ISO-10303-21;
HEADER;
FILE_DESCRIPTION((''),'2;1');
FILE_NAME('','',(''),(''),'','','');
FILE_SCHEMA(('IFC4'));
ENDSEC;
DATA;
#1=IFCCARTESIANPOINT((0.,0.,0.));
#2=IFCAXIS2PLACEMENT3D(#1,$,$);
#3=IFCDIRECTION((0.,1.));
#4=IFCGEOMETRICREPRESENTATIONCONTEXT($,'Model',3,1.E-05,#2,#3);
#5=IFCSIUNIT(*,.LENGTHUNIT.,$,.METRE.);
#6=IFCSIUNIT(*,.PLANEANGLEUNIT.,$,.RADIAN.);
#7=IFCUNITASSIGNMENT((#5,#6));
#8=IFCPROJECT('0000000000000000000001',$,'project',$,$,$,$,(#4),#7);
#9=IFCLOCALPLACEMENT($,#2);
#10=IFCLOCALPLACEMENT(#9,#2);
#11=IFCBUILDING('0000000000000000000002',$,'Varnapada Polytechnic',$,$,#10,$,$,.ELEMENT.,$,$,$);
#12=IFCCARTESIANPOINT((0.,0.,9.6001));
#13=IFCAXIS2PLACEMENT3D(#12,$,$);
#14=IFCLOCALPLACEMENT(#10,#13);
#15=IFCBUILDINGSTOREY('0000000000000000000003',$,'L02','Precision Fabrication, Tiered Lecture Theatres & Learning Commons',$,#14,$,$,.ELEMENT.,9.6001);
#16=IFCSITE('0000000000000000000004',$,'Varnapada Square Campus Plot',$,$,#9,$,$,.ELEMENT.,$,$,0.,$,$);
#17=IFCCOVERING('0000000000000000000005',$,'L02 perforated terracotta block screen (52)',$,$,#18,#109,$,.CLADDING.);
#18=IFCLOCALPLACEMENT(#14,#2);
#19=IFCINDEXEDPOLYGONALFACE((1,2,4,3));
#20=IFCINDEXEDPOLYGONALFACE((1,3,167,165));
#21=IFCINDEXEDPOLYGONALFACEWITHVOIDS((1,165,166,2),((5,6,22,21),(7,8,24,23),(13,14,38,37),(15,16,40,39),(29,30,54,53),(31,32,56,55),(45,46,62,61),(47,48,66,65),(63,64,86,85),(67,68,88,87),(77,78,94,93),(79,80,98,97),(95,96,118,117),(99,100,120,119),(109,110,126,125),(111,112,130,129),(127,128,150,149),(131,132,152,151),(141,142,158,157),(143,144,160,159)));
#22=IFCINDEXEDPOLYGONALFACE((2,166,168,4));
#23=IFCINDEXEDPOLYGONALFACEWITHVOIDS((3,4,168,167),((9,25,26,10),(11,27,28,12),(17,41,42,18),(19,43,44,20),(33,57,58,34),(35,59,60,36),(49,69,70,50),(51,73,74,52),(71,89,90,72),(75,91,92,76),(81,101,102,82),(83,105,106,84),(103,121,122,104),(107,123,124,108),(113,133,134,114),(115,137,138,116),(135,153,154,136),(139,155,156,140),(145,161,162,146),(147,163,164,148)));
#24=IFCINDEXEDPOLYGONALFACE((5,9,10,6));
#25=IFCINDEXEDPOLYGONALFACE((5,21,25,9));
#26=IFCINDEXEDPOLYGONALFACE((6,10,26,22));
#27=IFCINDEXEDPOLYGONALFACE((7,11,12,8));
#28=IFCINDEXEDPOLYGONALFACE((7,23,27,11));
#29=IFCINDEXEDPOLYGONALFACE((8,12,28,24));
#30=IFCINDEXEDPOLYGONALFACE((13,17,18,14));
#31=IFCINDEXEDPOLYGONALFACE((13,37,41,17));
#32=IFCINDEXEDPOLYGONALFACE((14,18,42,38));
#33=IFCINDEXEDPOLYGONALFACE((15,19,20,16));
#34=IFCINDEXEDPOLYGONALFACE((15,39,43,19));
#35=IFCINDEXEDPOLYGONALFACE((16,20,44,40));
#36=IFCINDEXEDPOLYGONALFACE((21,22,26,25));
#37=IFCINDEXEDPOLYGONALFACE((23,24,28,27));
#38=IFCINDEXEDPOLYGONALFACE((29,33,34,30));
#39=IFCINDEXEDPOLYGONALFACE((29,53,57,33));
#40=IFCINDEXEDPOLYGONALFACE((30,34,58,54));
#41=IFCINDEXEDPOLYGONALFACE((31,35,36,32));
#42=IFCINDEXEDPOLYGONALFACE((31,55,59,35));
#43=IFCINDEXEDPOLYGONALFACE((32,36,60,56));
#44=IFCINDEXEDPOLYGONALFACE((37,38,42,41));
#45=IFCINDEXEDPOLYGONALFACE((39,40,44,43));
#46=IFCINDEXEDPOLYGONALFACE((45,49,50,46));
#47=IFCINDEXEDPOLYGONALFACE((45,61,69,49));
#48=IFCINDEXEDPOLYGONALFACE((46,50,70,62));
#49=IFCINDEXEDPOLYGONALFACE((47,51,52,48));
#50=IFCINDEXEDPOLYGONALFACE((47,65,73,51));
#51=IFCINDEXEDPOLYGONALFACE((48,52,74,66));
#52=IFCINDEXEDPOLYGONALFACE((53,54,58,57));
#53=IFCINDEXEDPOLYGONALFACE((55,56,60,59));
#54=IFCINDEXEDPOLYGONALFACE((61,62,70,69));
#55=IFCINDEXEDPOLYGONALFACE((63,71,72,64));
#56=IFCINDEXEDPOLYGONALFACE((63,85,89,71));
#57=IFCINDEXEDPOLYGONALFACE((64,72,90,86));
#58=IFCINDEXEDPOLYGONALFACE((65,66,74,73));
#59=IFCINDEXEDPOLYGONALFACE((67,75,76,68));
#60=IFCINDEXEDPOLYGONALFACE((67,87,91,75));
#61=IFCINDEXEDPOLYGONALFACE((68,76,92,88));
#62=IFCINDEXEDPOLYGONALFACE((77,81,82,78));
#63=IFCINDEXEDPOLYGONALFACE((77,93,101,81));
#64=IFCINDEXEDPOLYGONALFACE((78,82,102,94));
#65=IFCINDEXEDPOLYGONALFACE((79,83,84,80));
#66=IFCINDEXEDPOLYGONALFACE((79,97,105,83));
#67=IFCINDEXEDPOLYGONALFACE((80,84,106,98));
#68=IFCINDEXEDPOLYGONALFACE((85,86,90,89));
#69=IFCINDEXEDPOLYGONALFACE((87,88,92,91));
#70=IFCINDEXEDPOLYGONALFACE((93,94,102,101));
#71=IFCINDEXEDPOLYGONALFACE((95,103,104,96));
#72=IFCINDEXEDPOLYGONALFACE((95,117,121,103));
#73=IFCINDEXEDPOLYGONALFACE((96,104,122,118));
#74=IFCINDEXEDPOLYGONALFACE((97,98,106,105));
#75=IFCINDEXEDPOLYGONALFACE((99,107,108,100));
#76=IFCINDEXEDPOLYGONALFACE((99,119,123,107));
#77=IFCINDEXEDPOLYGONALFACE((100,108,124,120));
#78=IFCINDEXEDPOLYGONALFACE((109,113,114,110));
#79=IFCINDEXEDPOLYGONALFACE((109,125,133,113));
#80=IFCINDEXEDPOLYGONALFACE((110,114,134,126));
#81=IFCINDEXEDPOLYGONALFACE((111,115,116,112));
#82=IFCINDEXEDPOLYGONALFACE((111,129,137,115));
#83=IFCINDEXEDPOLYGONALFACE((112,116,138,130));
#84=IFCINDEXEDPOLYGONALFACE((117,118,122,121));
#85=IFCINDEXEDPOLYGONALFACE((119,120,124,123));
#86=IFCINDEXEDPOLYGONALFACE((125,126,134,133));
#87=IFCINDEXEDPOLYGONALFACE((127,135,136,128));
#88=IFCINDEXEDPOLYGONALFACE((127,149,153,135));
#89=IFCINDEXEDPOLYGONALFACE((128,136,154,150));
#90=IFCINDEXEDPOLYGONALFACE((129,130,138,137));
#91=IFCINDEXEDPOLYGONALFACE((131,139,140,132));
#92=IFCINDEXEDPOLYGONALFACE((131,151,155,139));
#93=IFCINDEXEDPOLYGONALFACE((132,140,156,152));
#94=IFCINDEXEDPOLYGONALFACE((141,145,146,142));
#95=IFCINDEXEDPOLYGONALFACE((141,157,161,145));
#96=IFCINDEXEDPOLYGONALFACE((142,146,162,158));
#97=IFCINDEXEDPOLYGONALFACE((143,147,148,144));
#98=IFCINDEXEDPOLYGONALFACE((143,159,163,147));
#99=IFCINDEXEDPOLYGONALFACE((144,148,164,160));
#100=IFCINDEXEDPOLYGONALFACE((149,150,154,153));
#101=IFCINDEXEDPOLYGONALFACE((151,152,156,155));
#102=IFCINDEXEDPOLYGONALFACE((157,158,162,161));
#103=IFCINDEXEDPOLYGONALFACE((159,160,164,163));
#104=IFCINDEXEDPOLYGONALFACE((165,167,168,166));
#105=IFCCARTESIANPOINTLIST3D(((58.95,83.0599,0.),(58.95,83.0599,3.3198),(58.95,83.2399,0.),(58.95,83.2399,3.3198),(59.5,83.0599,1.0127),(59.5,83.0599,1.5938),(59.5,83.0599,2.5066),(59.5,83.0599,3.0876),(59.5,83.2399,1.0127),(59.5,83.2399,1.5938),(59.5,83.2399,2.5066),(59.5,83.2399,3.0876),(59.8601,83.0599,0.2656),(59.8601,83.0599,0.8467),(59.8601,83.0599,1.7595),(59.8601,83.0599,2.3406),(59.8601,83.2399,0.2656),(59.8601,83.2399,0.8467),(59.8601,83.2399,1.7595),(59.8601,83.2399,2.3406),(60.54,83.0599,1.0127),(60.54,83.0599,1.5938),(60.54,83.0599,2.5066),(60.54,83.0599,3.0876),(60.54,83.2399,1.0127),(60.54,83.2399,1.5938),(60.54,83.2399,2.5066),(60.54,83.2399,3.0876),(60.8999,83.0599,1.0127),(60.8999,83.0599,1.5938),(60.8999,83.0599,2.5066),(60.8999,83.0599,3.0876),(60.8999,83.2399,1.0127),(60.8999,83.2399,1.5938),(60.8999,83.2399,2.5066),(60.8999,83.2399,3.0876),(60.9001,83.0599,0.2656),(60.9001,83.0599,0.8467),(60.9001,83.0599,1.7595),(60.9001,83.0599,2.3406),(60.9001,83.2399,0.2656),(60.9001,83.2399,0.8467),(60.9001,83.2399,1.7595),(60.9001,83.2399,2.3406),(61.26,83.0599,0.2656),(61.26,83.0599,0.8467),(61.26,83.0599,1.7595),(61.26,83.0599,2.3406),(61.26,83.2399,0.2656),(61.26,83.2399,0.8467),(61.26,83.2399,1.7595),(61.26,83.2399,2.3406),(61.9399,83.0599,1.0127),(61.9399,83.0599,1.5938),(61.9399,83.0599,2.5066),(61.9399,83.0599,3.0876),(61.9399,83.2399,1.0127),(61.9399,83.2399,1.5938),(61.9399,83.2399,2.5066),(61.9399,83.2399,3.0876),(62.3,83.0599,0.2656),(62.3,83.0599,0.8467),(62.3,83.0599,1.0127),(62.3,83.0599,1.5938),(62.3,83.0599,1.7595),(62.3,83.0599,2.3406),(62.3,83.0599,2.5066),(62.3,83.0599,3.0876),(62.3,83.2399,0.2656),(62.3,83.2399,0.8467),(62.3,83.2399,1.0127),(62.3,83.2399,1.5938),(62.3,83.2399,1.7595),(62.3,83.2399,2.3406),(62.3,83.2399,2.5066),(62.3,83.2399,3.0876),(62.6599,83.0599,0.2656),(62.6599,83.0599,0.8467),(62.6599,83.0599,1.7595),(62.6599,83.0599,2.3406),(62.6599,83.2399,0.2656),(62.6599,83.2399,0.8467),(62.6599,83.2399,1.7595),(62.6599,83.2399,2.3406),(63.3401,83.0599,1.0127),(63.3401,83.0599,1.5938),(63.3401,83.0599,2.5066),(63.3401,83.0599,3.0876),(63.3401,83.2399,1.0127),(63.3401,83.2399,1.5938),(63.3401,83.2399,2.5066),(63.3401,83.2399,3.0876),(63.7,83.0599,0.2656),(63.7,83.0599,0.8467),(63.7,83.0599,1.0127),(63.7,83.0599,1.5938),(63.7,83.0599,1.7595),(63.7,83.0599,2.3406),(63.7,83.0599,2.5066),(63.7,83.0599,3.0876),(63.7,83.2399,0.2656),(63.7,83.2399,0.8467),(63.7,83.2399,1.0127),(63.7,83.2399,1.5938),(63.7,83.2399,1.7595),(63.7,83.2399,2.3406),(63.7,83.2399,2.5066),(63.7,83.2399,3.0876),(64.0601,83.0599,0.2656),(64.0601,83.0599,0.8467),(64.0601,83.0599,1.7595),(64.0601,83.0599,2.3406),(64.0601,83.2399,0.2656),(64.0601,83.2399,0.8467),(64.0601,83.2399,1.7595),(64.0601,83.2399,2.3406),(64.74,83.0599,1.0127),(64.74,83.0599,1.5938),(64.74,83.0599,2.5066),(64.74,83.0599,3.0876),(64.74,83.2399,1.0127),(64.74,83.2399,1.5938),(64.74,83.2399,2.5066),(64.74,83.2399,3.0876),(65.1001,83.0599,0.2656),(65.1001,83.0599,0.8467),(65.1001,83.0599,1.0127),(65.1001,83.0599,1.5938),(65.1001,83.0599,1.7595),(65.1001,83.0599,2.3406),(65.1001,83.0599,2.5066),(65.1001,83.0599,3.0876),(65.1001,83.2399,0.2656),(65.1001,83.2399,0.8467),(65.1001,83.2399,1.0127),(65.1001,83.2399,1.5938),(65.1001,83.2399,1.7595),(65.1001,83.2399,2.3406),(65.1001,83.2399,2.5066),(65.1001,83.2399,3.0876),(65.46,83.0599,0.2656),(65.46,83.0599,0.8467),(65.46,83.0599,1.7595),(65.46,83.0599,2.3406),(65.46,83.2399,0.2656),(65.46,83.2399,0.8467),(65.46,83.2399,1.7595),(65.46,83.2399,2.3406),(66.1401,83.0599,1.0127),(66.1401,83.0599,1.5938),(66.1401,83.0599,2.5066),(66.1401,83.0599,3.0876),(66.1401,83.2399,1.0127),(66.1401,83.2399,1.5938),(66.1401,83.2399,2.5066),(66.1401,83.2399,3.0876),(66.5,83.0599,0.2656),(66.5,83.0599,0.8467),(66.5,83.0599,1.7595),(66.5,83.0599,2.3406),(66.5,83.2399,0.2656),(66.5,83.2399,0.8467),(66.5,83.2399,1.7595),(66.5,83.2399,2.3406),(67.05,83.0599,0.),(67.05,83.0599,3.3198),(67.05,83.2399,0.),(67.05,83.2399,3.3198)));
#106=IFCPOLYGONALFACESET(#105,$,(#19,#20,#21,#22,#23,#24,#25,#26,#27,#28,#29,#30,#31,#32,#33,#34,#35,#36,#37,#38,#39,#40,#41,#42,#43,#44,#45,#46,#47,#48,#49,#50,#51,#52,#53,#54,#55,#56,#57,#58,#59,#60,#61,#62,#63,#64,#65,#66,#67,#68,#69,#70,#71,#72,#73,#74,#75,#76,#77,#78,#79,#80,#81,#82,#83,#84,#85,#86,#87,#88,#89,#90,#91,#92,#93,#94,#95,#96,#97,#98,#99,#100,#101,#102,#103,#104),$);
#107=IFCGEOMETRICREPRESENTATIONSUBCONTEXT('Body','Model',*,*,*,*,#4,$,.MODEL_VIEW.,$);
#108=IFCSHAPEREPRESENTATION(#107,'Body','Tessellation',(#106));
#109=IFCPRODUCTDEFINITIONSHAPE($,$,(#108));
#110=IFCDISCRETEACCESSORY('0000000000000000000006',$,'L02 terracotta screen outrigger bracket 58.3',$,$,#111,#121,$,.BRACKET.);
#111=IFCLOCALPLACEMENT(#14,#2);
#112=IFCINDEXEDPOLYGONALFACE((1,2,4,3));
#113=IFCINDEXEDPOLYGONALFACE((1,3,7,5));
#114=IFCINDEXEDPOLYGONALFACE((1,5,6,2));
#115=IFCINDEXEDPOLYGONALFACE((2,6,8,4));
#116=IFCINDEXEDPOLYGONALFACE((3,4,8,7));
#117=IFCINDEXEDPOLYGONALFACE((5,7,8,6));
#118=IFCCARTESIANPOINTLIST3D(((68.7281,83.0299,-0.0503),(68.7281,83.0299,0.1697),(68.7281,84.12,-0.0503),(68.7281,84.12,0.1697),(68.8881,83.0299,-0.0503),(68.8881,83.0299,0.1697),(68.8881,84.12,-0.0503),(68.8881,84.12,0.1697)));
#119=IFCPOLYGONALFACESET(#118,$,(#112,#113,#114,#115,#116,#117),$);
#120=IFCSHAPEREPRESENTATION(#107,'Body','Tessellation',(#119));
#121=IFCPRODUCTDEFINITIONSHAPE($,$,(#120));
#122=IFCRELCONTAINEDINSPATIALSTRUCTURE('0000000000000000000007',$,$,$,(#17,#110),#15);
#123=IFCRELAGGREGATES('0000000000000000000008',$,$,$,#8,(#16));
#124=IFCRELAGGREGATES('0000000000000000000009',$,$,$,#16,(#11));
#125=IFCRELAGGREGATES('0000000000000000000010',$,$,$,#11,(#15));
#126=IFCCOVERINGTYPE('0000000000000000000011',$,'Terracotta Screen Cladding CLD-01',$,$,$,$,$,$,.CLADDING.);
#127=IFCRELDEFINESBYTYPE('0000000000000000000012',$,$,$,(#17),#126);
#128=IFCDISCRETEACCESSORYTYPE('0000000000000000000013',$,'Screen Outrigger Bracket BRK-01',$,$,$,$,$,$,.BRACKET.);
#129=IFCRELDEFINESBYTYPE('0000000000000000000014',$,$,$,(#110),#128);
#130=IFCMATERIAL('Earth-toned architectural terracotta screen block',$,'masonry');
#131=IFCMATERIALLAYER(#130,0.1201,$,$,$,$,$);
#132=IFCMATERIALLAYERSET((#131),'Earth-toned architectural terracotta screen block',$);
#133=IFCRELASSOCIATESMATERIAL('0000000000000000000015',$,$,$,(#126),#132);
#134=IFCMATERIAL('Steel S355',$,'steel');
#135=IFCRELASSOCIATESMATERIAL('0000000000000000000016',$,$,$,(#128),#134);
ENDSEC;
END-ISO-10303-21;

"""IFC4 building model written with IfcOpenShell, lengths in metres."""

from ifc_helpers import new_model, si_unit, direction, frame, frame_2d, origin, origin_2d, place, context, subcontext, project, spatial, rectangle, extrude, material, layer, layer_set, type_object, element, save


model = new_model("IFC4")

# Units and contexts
model_context = context("Model", 3, precision=1e-05, world=origin(), true_north=direction((0.0, 1.0)))
body_context = subcontext(model_context, "Body", "Model", "MODEL_VIEW")
ifc_project = project(units=[si_unit("LENGTHUNIT", "METRE"), si_unit("PLANEANGLEUNIT", "RADIAN")], contexts=[model_context])

# Site, building, storey
site_placement = place(None, origin())
site = spatial("IfcSite", under=ifc_project, at=site_placement, Name="Varnapada Square Campus Plot", CompositionType="ELEMENT", RefElevation=0.0)
building_placement = place(site_placement, origin())
building = spatial("IfcBuilding", under=site, at=building_placement, Name="Varnapada Polytechnic", CompositionType="ELEMENT")
storey_placement = place(building_placement, frame((0.0, 0.0, 9.6001)))
storey = spatial("IfcBuildingStorey", under=building, at=storey_placement, Name="L02", Description="Precision Fabrication, Tiered Lecture Theatres & Learning Commons", CompositionType="ELEMENT", Elevation=9.6001)

# Covering, openings
ifc_material_1 = material(Name="Earth-toned architectural terracotta screen block", Category="masonry")
ifc_layer_1 = layer(ifc_material_1, 0.1201)
ifc_layer_set_1 = layer_set([ifc_layer_1], Name="Earth-toned architectural terracotta screen block")
covering_type = type_object("IfcCoveringType", Name="Terracotta Screen Cladding CLD-01", PredefinedType="CLADDING", material=ifc_layer_set_1)
covering_placement = place(storey_placement, frame((67.05, 83.1499, 0.0), z_axis=(0.0, 0.0, 1.0), x_axis=(-1.0, 0.0, 0.0)))
covering = element("IfcCovering", 1, at=covering_placement, inside=storey, type_object=covering_type, Name="L02 perforated terracotta block screen (52)", PredefinedType="CLADDING", context=body_context, shape_type="SweptSolid", body=[
    extrude(rectangle(XDim=8.1001, YDim=0.1799, at=frame_2d((4.05, 0.0))), origin(), (0.0, 0.0, 1.0), 3.3198),
])
opening_1_placement = place(covering_placement, frame((0.55, 0.0, 0.2656)))
element("IfcOpeningElement", 2, at=opening_1_placement, cuts=covering, PredefinedType="OPENING", context=body_context, shape_type="SweptSolid", body=[
    extrude(rectangle(XDim=1.04, YDim=0.5811, at=frame_2d((0.52, 0.2905))), frame((0.0, 0.0999, 0.0), z_axis=(0.0, -1.0, 0.0), x_axis=(1.0, 0.0, 0.0)), (0.0, 0.0, 1.0), 0.2),
])
opening_2_placement = place(covering_placement, frame((1.95, 0.0, 0.2656)))
element("IfcOpeningElement", 3, at=opening_2_placement, cuts=covering, PredefinedType="OPENING", context=body_context, shape_type="SweptSolid", body=[
    extrude(rectangle(XDim=1.04, YDim=0.5811, at=frame_2d((0.52, 0.2905))), frame((0.0, 0.0999, 0.0), z_axis=(0.0, -1.0, 0.0), x_axis=(1.0, 0.0, 0.0)), (0.0, 0.0, 1.0), 0.2),
])
opening_3_placement = place(covering_placement, frame((3.3501, 0.0, 0.2656)))
element("IfcOpeningElement", 4, at=opening_3_placement, cuts=covering, PredefinedType="OPENING", context=body_context, shape_type="SweptSolid", body=[
    extrude(rectangle(XDim=1.04, YDim=0.5811, at=frame_2d((0.52, 0.2905))), frame((0.0, 0.0999, 0.0), z_axis=(0.0, -1.0, 0.0), x_axis=(1.0, 0.0, 0.0)), (0.0, 0.0, 1.0), 0.2),
])
opening_4_placement = place(covering_placement, frame((4.75, 0.0, 0.2656)))
element("IfcOpeningElement", 5, at=opening_4_placement, cuts=covering, PredefinedType="OPENING", context=body_context, shape_type="SweptSolid", body=[
    extrude(rectangle(XDim=1.04, YDim=0.5811, at=frame_2d((0.52, 0.2905))), frame((0.0, 0.0999, 0.0), z_axis=(0.0, -1.0, 0.0), x_axis=(1.0, 0.0, 0.0)), (0.0, 0.0, 1.0), 0.2),
])
opening_5_placement = place(covering_placement, frame((6.1499, 0.0, 0.2656)))
element("IfcOpeningElement", 6, at=opening_5_placement, cuts=covering, PredefinedType="OPENING", context=body_context, shape_type="SweptSolid", body=[
    extrude(rectangle(XDim=1.04, YDim=0.5811, at=frame_2d((0.52, 0.2905))), frame((0.0, 0.0999, 0.0), z_axis=(0.0, -1.0, 0.0), x_axis=(1.0, 0.0, 0.0)), (0.0, 0.0, 1.0), 0.2),
])
opening_6_placement = place(covering_placement, frame((0.9099, 0.0, 1.0127)))
element("IfcOpeningElement", 7, at=opening_6_placement, cuts=covering, PredefinedType="OPENING", context=body_context, shape_type="SweptSolid", body=[
    extrude(rectangle(XDim=1.04, YDim=0.5811, at=frame_2d((0.52, 0.2905))), frame((0.0, 0.0999, 0.0), z_axis=(0.0, -1.0, 0.0), x_axis=(1.0, 0.0, 0.0)), (0.0, 0.0, 1.0), 0.2),
])
opening_7_placement = place(covering_placement, frame((2.3101, 0.0, 1.0127)))
element("IfcOpeningElement", 8, at=opening_7_placement, cuts=covering, PredefinedType="OPENING", context=body_context, shape_type="SweptSolid", body=[
    extrude(rectangle(XDim=1.04, YDim=0.5811, at=frame_2d((0.52, 0.2905))), frame((0.0, 0.0999, 0.0), z_axis=(0.0, -1.0, 0.0), x_axis=(1.0, 0.0, 0.0)), (0.0, 0.0, 1.0), 0.2),
])
opening_8_placement = place(covering_placement, frame((3.71, 0.0, 1.0127)))
element("IfcOpeningElement", 9, at=opening_8_placement, cuts=covering, PredefinedType="OPENING", context=body_context, shape_type="SweptSolid", body=[
    extrude(rectangle(XDim=1.04, YDim=0.5811, at=frame_2d((0.52, 0.2905))), frame((0.0, 0.0999, 0.0), z_axis=(0.0, -1.0, 0.0), x_axis=(1.0, 0.0, 0.0)), (0.0, 0.0, 1.0), 0.2),
])
opening_9_placement = place(covering_placement, frame((5.1101, 0.0, 1.0127)))
element("IfcOpeningElement", 10, at=opening_9_placement, cuts=covering, PredefinedType="OPENING", context=body_context, shape_type="SweptSolid", body=[
    extrude(rectangle(XDim=1.04, YDim=0.5811, at=frame_2d((0.52, 0.2905))), frame((0.0, 0.0999, 0.0), z_axis=(0.0, -1.0, 0.0), x_axis=(1.0, 0.0, 0.0)), (0.0, 0.0, 1.0), 0.2),
])
opening_10_placement = place(covering_placement, frame((6.51, 0.0, 1.0127)))
element("IfcOpeningElement", 11, at=opening_10_placement, cuts=covering, PredefinedType="OPENING", context=body_context, shape_type="SweptSolid", body=[
    extrude(rectangle(XDim=1.04, YDim=0.5811, at=frame_2d((0.52, 0.2905))), frame((0.0, 0.0999, 0.0), z_axis=(0.0, -1.0, 0.0), x_axis=(1.0, 0.0, 0.0)), (0.0, 0.0, 1.0), 0.2),
])
opening_11_placement = place(covering_placement, frame((0.55, 0.0, 1.7595)))
element("IfcOpeningElement", 12, at=opening_11_placement, cuts=covering, PredefinedType="OPENING", context=body_context, shape_type="SweptSolid", body=[
    extrude(rectangle(XDim=1.04, YDim=0.5811, at=frame_2d((0.52, 0.2905))), frame((0.0, 0.0999, 0.0), z_axis=(0.0, -1.0, 0.0), x_axis=(1.0, 0.0, 0.0)), (0.0, 0.0, 1.0), 0.2),
])
opening_12_placement = place(covering_placement, frame((1.95, 0.0, 1.7595)))
element("IfcOpeningElement", 13, at=opening_12_placement, cuts=covering, PredefinedType="OPENING", context=body_context, shape_type="SweptSolid", body=[
    extrude(rectangle(XDim=1.04, YDim=0.5811, at=frame_2d((0.52, 0.2905))), frame((0.0, 0.0999, 0.0), z_axis=(0.0, -1.0, 0.0), x_axis=(1.0, 0.0, 0.0)), (0.0, 0.0, 1.0), 0.2),
])
opening_13_placement = place(covering_placement, frame((3.3501, 0.0, 1.7595)))
element("IfcOpeningElement", 14, at=opening_13_placement, cuts=covering, PredefinedType="OPENING", context=body_context, shape_type="SweptSolid", body=[
    extrude(rectangle(XDim=1.04, YDim=0.5811, at=frame_2d((0.52, 0.2905))), frame((0.0, 0.0999, 0.0), z_axis=(0.0, -1.0, 0.0), x_axis=(1.0, 0.0, 0.0)), (0.0, 0.0, 1.0), 0.2),
])
opening_14_placement = place(covering_placement, frame((4.75, 0.0, 1.7595)))
element("IfcOpeningElement", 15, at=opening_14_placement, cuts=covering, PredefinedType="OPENING", context=body_context, shape_type="SweptSolid", body=[
    extrude(rectangle(XDim=1.04, YDim=0.5811, at=frame_2d((0.52, 0.2905))), frame((0.0, 0.0999, 0.0), z_axis=(0.0, -1.0, 0.0), x_axis=(1.0, 0.0, 0.0)), (0.0, 0.0, 1.0), 0.2),
])
opening_15_placement = place(covering_placement, frame((6.1499, 0.0, 1.7595)))
element("IfcOpeningElement", 16, at=opening_15_placement, cuts=covering, PredefinedType="OPENING", context=body_context, shape_type="SweptSolid", body=[
    extrude(rectangle(XDim=1.04, YDim=0.5811, at=frame_2d((0.52, 0.2905))), frame((0.0, 0.0999, 0.0), z_axis=(0.0, -1.0, 0.0), x_axis=(1.0, 0.0, 0.0)), (0.0, 0.0, 1.0), 0.2),
])
opening_16_placement = place(covering_placement, frame((0.9099, 0.0, 2.5066)))
element("IfcOpeningElement", 17, at=opening_16_placement, cuts=covering, PredefinedType="OPENING", context=body_context, shape_type="SweptSolid", body=[
    extrude(rectangle(XDim=1.04, YDim=0.5811, at=frame_2d((0.52, 0.2905))), frame((0.0, 0.0999, 0.0), z_axis=(0.0, -1.0, 0.0), x_axis=(1.0, 0.0, 0.0)), (0.0, 0.0, 1.0), 0.2),
])
opening_17_placement = place(covering_placement, frame((2.3101, 0.0, 2.5066)))
element("IfcOpeningElement", 18, at=opening_17_placement, cuts=covering, PredefinedType="OPENING", context=body_context, shape_type="SweptSolid", body=[
    extrude(rectangle(XDim=1.04, YDim=0.5811, at=frame_2d((0.52, 0.2905))), frame((0.0, 0.0999, 0.0), z_axis=(0.0, -1.0, 0.0), x_axis=(1.0, 0.0, 0.0)), (0.0, 0.0, 1.0), 0.2),
])
opening_18_placement = place(covering_placement, frame((3.71, 0.0, 2.5066)))
element("IfcOpeningElement", 19, at=opening_18_placement, cuts=covering, PredefinedType="OPENING", context=body_context, shape_type="SweptSolid", body=[
    extrude(rectangle(XDim=1.04, YDim=0.5811, at=frame_2d((0.52, 0.2905))), frame((0.0, 0.0999, 0.0), z_axis=(0.0, -1.0, 0.0), x_axis=(1.0, 0.0, 0.0)), (0.0, 0.0, 1.0), 0.2),
])
opening_19_placement = place(covering_placement, frame((5.1101, 0.0, 2.5066)))
element("IfcOpeningElement", 20, at=opening_19_placement, cuts=covering, PredefinedType="OPENING", context=body_context, shape_type="SweptSolid", body=[
    extrude(rectangle(XDim=1.04, YDim=0.5811, at=frame_2d((0.52, 0.2905))), frame((0.0, 0.0999, 0.0), z_axis=(0.0, -1.0, 0.0), x_axis=(1.0, 0.0, 0.0)), (0.0, 0.0, 1.0), 0.2),
])
opening_20_placement = place(covering_placement, frame((6.51, 0.0, 2.5066)))
element("IfcOpeningElement", 21, at=opening_20_placement, cuts=covering, PredefinedType="OPENING", context=body_context, shape_type="SweptSolid", body=[
    extrude(rectangle(XDim=1.04, YDim=0.5811, at=frame_2d((0.52, 0.2905))), frame((0.0, 0.0999, 0.0), z_axis=(0.0, -1.0, 0.0), x_axis=(1.0, 0.0, 0.0)), (0.0, 0.0, 1.0), 0.2),
])

# Discrete accessory
ifc_material_2 = material(Name="Steel S355", Category="steel")
discrete_accessory_type = type_object("IfcDiscreteAccessoryType", Name="Screen Outrigger Bracket BRK-01", PredefinedType="BRACKET", material=ifc_material_2)
discrete_accessory_placement = place(storey_placement, frame((68.8081, 83.575, -0.0503), z_axis=(0.0, 0.0, 1.0), x_axis=(-1.0, 0.0, 0.0)))
element("IfcDiscreteAccessory", 22, at=discrete_accessory_placement, inside=storey, type_object=discrete_accessory_type, Name="L02 terracotta screen outrigger bracket 58.3", PredefinedType="BRACKET", context=body_context, shape_type="SweptSolid", body=[
    extrude(rectangle(XDim=0.1599, YDim=1.0901, at=origin_2d()), origin(), (0.0, 0.0, 1.0), 0.22),
])

save(model, "model.ifc")
